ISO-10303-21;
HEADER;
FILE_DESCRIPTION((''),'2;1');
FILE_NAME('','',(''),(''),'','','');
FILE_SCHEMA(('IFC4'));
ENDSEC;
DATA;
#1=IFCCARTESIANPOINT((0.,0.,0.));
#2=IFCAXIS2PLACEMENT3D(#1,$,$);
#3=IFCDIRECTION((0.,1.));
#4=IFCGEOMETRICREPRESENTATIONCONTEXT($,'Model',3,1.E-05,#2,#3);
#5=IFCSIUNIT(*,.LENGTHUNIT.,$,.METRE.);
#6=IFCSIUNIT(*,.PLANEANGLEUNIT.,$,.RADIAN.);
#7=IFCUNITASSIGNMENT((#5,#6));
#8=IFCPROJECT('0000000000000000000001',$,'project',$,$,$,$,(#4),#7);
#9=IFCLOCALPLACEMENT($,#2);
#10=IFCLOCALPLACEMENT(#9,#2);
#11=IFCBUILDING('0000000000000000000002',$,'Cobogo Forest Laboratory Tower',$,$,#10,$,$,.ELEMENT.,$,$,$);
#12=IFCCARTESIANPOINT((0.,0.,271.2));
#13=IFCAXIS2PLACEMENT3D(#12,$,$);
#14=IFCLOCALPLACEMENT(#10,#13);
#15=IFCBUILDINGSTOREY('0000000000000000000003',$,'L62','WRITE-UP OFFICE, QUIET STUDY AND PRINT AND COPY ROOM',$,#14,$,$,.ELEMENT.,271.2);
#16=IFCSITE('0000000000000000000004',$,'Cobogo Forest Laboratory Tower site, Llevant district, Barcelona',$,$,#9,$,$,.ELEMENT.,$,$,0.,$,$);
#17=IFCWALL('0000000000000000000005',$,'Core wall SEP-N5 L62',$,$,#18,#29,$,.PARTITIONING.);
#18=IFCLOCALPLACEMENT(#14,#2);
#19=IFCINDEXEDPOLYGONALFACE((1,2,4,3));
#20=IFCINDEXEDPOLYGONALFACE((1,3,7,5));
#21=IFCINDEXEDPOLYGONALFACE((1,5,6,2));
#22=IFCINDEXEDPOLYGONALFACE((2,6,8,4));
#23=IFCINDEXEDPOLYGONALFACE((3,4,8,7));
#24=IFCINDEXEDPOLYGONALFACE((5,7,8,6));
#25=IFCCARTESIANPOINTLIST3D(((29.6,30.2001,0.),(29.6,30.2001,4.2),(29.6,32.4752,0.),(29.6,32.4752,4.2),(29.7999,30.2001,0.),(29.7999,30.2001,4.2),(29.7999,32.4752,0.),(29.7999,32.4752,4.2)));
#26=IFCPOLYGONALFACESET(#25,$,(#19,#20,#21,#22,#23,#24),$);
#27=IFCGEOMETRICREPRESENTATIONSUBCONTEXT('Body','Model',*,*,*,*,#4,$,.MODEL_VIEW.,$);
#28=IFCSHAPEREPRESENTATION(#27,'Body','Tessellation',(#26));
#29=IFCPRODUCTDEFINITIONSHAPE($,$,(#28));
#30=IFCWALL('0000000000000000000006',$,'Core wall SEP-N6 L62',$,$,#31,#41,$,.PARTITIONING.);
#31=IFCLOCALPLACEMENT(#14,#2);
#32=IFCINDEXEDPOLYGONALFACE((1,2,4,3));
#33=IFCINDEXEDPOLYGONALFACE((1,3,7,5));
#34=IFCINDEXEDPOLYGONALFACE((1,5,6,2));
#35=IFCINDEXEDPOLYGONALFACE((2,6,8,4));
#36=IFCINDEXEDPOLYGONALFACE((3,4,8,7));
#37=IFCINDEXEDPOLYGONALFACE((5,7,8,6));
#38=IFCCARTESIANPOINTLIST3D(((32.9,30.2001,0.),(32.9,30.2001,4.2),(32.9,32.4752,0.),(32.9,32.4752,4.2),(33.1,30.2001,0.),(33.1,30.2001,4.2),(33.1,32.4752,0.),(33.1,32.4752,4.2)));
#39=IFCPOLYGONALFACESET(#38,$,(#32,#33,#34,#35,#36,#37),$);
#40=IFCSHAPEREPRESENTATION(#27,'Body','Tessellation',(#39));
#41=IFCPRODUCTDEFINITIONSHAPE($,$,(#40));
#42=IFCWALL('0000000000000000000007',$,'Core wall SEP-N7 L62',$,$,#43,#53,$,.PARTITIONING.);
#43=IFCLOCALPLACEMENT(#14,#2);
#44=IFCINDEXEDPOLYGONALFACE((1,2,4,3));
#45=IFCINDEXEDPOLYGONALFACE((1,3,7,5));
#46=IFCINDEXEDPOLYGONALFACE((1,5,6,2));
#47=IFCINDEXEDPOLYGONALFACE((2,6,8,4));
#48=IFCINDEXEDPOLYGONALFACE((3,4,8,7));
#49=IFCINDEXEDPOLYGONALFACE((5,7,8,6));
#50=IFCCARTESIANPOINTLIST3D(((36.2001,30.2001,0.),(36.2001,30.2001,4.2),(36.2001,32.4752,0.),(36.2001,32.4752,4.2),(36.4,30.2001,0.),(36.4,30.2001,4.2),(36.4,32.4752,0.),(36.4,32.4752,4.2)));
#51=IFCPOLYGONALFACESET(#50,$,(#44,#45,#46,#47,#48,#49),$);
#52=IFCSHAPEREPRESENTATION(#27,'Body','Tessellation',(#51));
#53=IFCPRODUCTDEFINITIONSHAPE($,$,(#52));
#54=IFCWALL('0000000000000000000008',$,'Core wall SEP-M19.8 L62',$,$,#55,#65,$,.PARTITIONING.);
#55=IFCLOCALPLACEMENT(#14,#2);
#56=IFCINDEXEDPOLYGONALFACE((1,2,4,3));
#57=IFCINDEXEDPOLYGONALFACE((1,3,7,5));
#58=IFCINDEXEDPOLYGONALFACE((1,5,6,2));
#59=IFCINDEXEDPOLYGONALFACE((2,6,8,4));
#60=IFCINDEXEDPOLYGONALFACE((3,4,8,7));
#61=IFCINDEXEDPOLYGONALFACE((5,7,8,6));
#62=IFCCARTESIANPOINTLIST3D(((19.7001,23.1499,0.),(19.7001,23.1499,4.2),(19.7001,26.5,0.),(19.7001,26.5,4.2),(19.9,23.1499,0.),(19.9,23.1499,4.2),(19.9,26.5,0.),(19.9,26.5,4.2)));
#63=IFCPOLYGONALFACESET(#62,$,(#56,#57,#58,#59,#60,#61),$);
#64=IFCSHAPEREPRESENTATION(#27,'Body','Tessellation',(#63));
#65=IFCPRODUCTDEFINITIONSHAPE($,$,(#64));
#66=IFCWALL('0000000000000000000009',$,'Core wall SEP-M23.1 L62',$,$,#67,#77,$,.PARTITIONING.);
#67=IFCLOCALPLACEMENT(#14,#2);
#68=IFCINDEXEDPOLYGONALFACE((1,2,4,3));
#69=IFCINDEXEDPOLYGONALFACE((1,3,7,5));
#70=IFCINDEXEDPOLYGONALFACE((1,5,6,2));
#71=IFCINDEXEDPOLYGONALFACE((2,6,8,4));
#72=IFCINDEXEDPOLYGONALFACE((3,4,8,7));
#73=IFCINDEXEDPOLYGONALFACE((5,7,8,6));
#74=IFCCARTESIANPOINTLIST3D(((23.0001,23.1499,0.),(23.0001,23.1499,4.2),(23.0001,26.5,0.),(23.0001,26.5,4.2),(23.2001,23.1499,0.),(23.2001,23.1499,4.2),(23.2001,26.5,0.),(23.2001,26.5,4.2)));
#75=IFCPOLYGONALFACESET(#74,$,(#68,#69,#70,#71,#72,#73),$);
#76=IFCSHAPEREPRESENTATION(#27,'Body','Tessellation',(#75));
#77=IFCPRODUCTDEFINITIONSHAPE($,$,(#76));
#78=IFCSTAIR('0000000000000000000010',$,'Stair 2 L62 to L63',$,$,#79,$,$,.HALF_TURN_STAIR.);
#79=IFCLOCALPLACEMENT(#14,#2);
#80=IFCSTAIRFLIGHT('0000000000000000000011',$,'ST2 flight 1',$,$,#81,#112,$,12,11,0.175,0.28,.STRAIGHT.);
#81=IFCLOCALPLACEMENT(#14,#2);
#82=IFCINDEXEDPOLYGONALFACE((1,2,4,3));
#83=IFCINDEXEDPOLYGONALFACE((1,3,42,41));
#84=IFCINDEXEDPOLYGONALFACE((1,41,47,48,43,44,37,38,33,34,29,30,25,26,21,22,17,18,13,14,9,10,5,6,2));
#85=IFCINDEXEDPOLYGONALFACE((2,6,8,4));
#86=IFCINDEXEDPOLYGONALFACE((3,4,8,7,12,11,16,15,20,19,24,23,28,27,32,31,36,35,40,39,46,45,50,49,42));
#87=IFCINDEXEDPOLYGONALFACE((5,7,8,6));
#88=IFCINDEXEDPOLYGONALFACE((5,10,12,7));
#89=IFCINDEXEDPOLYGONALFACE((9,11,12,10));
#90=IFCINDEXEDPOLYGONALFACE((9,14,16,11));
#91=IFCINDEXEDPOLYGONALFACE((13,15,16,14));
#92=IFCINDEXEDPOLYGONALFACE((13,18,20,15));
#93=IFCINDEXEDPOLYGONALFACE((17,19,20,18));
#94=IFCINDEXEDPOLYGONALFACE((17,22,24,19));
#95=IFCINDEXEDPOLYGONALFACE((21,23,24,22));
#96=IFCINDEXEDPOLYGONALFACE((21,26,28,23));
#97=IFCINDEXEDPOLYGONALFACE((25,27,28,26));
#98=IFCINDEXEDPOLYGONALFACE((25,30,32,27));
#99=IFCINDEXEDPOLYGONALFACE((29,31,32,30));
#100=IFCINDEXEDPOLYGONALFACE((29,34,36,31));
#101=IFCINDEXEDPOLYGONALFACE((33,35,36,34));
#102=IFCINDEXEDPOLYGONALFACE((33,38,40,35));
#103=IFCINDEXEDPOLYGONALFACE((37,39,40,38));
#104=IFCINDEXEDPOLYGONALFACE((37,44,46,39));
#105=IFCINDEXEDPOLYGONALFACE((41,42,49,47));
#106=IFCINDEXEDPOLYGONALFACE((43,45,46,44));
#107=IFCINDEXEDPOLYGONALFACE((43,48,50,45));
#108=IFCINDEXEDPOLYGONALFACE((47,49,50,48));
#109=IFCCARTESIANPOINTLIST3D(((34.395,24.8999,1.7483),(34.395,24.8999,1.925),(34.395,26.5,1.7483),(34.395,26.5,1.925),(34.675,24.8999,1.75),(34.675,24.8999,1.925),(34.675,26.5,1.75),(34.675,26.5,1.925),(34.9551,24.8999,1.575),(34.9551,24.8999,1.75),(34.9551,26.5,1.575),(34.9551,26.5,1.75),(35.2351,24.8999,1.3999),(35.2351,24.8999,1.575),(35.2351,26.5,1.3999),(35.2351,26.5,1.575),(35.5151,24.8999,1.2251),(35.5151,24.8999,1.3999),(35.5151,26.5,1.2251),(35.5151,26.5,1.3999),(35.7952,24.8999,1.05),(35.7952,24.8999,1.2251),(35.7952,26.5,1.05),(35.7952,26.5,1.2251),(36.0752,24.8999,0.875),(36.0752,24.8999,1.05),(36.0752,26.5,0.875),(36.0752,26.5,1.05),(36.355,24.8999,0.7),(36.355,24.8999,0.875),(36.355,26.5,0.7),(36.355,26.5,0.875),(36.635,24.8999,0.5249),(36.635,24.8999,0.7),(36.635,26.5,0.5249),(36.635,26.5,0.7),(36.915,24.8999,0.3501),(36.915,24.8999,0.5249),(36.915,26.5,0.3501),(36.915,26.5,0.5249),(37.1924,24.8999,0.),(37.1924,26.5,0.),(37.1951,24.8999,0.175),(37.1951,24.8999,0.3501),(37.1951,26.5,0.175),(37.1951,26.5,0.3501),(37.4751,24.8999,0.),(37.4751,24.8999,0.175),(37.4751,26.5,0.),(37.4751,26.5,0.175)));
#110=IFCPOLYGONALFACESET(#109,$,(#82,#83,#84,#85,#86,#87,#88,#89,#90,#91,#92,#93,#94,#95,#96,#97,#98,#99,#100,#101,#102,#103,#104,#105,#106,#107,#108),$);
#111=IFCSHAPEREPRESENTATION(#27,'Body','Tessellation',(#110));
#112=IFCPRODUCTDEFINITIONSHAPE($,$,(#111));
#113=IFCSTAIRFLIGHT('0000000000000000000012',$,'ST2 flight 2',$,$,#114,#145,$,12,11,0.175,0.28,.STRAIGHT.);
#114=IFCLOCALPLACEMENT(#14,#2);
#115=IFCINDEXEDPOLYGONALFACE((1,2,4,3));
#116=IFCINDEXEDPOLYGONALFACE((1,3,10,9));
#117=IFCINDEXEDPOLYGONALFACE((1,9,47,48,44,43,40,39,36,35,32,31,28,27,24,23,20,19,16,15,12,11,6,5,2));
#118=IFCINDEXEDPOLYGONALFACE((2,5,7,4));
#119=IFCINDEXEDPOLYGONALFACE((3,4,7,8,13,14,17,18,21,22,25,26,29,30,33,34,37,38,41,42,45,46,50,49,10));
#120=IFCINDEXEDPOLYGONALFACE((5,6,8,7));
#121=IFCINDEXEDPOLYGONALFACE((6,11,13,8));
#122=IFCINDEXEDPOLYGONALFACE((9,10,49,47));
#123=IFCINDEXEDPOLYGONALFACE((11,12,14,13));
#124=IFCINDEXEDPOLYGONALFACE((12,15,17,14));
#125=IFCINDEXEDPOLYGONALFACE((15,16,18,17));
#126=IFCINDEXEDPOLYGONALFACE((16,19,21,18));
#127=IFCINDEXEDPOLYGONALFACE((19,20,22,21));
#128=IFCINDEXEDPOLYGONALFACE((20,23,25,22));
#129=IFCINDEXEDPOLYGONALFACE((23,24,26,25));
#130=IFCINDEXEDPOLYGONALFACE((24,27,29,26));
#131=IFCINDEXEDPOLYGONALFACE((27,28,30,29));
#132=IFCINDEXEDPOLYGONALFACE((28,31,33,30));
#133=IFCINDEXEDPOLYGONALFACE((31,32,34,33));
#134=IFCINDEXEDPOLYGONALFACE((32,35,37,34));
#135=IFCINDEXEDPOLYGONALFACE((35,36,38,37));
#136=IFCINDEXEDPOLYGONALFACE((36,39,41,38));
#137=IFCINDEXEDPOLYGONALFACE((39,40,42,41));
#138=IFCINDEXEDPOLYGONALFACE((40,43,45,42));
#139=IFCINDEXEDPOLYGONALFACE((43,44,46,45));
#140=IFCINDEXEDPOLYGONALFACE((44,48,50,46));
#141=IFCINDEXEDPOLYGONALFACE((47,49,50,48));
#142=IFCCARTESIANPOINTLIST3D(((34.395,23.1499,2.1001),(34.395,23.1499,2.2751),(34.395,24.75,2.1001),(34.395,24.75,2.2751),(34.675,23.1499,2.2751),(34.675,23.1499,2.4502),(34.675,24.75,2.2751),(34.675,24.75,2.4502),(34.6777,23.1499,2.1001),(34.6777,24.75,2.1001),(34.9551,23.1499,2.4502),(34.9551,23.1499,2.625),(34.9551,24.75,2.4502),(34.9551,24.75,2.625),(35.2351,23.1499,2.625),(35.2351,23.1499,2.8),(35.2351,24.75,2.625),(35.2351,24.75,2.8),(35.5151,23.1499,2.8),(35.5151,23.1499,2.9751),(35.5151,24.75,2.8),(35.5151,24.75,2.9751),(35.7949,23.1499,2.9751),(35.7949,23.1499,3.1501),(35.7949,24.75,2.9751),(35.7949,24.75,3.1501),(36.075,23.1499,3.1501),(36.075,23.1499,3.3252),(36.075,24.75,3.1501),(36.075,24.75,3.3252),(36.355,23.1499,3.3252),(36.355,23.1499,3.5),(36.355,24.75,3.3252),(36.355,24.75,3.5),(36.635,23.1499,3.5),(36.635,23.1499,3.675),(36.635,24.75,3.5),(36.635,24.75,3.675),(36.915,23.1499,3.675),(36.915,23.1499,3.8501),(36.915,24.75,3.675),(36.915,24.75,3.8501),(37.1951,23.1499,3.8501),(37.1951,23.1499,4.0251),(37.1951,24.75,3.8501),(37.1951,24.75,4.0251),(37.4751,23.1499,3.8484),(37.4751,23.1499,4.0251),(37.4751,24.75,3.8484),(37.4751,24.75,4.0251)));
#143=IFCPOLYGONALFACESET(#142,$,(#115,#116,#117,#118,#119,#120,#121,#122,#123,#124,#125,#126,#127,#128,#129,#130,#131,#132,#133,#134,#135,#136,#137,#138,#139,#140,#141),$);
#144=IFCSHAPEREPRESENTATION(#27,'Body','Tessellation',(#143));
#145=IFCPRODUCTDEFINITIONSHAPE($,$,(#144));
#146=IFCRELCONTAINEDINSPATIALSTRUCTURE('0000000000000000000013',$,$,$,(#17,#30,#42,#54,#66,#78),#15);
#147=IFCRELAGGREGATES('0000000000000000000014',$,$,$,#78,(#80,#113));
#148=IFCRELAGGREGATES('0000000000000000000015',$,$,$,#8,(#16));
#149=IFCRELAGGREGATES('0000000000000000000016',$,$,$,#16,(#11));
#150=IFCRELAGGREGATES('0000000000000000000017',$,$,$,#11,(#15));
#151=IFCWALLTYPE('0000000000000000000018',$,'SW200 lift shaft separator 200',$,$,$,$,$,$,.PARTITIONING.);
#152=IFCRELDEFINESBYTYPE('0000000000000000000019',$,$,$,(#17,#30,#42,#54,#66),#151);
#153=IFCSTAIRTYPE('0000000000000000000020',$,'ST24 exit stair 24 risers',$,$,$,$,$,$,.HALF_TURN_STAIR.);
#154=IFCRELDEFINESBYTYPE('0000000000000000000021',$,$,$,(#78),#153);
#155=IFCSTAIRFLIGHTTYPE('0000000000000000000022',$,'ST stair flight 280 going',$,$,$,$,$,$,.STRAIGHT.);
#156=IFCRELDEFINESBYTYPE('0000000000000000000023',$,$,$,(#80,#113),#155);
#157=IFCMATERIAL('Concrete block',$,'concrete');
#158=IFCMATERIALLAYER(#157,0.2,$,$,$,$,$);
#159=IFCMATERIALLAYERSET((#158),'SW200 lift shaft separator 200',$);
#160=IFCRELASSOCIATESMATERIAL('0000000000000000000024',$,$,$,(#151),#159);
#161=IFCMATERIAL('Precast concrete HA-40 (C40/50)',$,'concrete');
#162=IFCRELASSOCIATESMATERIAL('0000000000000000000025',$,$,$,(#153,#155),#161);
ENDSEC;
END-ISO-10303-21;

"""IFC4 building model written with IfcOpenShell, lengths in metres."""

from ifc_helpers import new_model, si_unit, direction, frame, frame_2d, origin, place, context, subcontext, project, spatial, polyline, rectangle, outline, extrude, material, layer, layer_set, type_object, element, aggregate, save


model = new_model("IFC4")

# Units and contexts
model_context = context("Model", 3, precision=1e-05, world=origin(), true_north=direction((0.0, 1.0)))
body_context = subcontext(model_context, "Body", "Model", "MODEL_VIEW")
ifc_project = project(units=[si_unit("LENGTHUNIT", "METRE"), si_unit("PLANEANGLEUNIT", "RADIAN")], contexts=[model_context])

# Site, building, storey
site_placement = place(None, origin())
site = spatial("IfcSite", under=ifc_project, at=site_placement, Name="Cobogo Forest Laboratory Tower site, Llevant district, Barcelona", CompositionType="ELEMENT", RefElevation=0.0)
building_placement = place(site_placement, origin())
building = spatial("IfcBuilding", under=site, at=building_placement, Name="Cobogo Forest Laboratory Tower", CompositionType="ELEMENT")
storey_placement = place(building_placement, frame((0.0, 0.0, 271.2)))
storey = spatial("IfcBuildingStorey", under=building, at=storey_placement, Name="L62", Description="WRITE-UP OFFICE, QUIET STUDY AND PRINT AND COPY ROOM", CompositionType="ELEMENT", Elevation=271.2)

# Walls
ifc_material_1 = material(Name="Concrete block", Category="concrete")
ifc_layer_1 = layer(ifc_material_1, 0.2)
ifc_layer_set_1 = layer_set([ifc_layer_1], Name="SW200 lift shaft separator 200")
wall_type_1 = type_object("IfcWallType", Name="SW200 lift shaft separator 200", PredefinedType="PARTITIONING", material=ifc_layer_set_1)
for number, where, z_axis, x_axis, name in (
    (1, (29.7, 30.2, 0.0), (0.0, 0.0, 1.0), (0.0, 1.0, 0.0), "Core wall SEP-N5 L62"),
    (2, (33.0, 30.2, 0.0), (0.0, 0.0, 1.0), (0.0, 1.0, 0.0), "Core wall SEP-N6 L62"),
    (3, (36.3, 30.2, 0.0), (0.0, 0.0, 1.0), (0.0, 1.0, 0.0), "Core wall SEP-N7 L62"),
):
    element("IfcWall", number, at=place(storey_placement, frame(where, z_axis=z_axis, x_axis=x_axis)), inside=storey, type_object=wall_type_1, Name=name, PredefinedType="PARTITIONING", context=body_context, shape_type="SweptSolid", body=[
        extrude(rectangle(XDim=2.2751, YDim=0.2, at=frame_2d((1.1377, 0.0))), origin(), (0.0, 0.0, 1.0), 4.2),
    ])
for number, where, z_axis, x_axis, name in (
    (4, (19.8, 23.1499, 0.0), (0.0, 0.0, 1.0), (0.0, 1.0, 0.0), "Core wall SEP-M19.8 L62"),
    (5, (23.1001, 23.1499, 0.0), (0.0, 0.0, 1.0), (0.0, 1.0, 0.0), "Core wall SEP-M23.1 L62"),
):
    element("IfcWall", number, at=place(storey_placement, frame(where, z_axis=z_axis, x_axis=x_axis)), inside=storey, type_object=wall_type_1, Name=name, PredefinedType="PARTITIONING", context=body_context, shape_type="SweptSolid", body=[
        extrude(rectangle(XDim=3.3501, YDim=0.2, at=frame_2d((1.675, 0.0))), origin(), (0.0, 0.0, 1.0), 4.2),
    ])

# Stair, stair flights
ifc_material_2 = material(Name="Precast concrete HA-40 (C40/50)", Category="concrete")
stair_type = type_object("IfcStairType", Name="ST24 exit stair 24 risers", PredefinedType="HALF_TURN_STAIR", material=ifc_material_2)
stair_placement = place(storey_placement, origin())
stair = element("IfcStair", 6, at=stair_placement, inside=storey, type_object=stair_type, Name="Stair 2 L62 to L63", PredefinedType="HALF_TURN_STAIR")
stair_flight_type = type_object("IfcStairFlightType", Name="ST stair flight 280 going", PredefinedType="STRAIGHT", material=ifc_material_2)
stair_flight_1_placement = place(storey_placement, frame((37.4751, 25.7, 0.0), z_axis=(0.0, 0.0, 1.0), x_axis=(-1.0, 0.0, 0.0)))
stair_flight_1 = element("IfcStairFlight", 7, at=stair_flight_1_placement, type_object=stair_flight_type, Name="ST2 flight 1", NumberOfRisers=12, NumberOfTreads=11, PredefinedType="STRAIGHT", RiserHeight=0.175, TreadLength=0.28, context=body_context, shape_type="SweptSolid", body=[
    extrude(outline(polyline([(0.0, 0.0), (0.0, 0.175), (0.28, 0.175), (0.28, 0.3501), (0.5601, 0.3501), (0.5601, 0.5249), (0.8401, 0.5249), (0.8401, 0.7), (1.1201, 0.7), (1.1201, 0.875), (1.3999, 0.875), (1.3999, 1.05), (1.6799, 1.05), (1.6799, 1.2251), (1.96, 1.2251), (1.96, 1.3999), (2.24, 1.3999), (2.24, 1.575), (2.52, 1.575), (2.52, 1.75), (2.8, 1.75), (2.8, 1.925), (3.0801, 1.925), (3.0801, 2.1001), (3.0801, 1.7483), (0.2827, 0.0), (0.0, 0.0)])), frame((0.0, 0.8, 0.0), z_axis=(0.0, -1.0, 0.0), x_axis=(1.0, 0.0, 0.0)), (0.0, 0.0, 1.0), 1.6001),
])
stair_flight_2_placement = place(storey_placement, frame((34.395, 23.95, 2.1001), z_axis=(0.0, 0.0, 1.0), x_axis=(1.0, 0.0, 0.0)))
stair_flight_2 = element("IfcStairFlight", 8, at=stair_flight_2_placement, type_object=stair_flight_type, Name="ST2 flight 2", NumberOfRisers=12, NumberOfTreads=11, PredefinedType="STRAIGHT", RiserHeight=0.175, TreadLength=0.28, context=body_context, shape_type="SweptSolid", body=[
    extrude(outline(polyline([(0.0, 0.0), (0.0, 0.175), (0.28, 0.175), (0.28, 0.3501), (0.5601, 0.3501), (0.5601, 0.5249), (0.8401, 0.5249), (0.8401, 0.7), (1.1201, 0.7), (1.1201, 0.875), (1.3999, 0.875), (1.3999, 1.05), (1.6799, 1.05), (1.6799, 1.2251), (1.96, 1.2251), (1.96, 1.3999), (2.24, 1.3999), (2.24, 1.575), (2.52, 1.575), (2.52, 1.75), (2.8, 1.75), (2.8, 1.925), (3.0801, 1.925), (3.0801, 2.1001), (3.0801, 1.7483), (0.2827, 0.0), (0.0, 0.0)])), frame((0.0, 0.8, 0.0), z_axis=(0.0, -1.0, 0.0), x_axis=(1.0, 0.0, 0.0)), (0.0, 0.0, 1.0), 1.6001),
])
aggregate(stair, [stair_flight_1, stair_flight_2])

save(model, "model.ifc")
